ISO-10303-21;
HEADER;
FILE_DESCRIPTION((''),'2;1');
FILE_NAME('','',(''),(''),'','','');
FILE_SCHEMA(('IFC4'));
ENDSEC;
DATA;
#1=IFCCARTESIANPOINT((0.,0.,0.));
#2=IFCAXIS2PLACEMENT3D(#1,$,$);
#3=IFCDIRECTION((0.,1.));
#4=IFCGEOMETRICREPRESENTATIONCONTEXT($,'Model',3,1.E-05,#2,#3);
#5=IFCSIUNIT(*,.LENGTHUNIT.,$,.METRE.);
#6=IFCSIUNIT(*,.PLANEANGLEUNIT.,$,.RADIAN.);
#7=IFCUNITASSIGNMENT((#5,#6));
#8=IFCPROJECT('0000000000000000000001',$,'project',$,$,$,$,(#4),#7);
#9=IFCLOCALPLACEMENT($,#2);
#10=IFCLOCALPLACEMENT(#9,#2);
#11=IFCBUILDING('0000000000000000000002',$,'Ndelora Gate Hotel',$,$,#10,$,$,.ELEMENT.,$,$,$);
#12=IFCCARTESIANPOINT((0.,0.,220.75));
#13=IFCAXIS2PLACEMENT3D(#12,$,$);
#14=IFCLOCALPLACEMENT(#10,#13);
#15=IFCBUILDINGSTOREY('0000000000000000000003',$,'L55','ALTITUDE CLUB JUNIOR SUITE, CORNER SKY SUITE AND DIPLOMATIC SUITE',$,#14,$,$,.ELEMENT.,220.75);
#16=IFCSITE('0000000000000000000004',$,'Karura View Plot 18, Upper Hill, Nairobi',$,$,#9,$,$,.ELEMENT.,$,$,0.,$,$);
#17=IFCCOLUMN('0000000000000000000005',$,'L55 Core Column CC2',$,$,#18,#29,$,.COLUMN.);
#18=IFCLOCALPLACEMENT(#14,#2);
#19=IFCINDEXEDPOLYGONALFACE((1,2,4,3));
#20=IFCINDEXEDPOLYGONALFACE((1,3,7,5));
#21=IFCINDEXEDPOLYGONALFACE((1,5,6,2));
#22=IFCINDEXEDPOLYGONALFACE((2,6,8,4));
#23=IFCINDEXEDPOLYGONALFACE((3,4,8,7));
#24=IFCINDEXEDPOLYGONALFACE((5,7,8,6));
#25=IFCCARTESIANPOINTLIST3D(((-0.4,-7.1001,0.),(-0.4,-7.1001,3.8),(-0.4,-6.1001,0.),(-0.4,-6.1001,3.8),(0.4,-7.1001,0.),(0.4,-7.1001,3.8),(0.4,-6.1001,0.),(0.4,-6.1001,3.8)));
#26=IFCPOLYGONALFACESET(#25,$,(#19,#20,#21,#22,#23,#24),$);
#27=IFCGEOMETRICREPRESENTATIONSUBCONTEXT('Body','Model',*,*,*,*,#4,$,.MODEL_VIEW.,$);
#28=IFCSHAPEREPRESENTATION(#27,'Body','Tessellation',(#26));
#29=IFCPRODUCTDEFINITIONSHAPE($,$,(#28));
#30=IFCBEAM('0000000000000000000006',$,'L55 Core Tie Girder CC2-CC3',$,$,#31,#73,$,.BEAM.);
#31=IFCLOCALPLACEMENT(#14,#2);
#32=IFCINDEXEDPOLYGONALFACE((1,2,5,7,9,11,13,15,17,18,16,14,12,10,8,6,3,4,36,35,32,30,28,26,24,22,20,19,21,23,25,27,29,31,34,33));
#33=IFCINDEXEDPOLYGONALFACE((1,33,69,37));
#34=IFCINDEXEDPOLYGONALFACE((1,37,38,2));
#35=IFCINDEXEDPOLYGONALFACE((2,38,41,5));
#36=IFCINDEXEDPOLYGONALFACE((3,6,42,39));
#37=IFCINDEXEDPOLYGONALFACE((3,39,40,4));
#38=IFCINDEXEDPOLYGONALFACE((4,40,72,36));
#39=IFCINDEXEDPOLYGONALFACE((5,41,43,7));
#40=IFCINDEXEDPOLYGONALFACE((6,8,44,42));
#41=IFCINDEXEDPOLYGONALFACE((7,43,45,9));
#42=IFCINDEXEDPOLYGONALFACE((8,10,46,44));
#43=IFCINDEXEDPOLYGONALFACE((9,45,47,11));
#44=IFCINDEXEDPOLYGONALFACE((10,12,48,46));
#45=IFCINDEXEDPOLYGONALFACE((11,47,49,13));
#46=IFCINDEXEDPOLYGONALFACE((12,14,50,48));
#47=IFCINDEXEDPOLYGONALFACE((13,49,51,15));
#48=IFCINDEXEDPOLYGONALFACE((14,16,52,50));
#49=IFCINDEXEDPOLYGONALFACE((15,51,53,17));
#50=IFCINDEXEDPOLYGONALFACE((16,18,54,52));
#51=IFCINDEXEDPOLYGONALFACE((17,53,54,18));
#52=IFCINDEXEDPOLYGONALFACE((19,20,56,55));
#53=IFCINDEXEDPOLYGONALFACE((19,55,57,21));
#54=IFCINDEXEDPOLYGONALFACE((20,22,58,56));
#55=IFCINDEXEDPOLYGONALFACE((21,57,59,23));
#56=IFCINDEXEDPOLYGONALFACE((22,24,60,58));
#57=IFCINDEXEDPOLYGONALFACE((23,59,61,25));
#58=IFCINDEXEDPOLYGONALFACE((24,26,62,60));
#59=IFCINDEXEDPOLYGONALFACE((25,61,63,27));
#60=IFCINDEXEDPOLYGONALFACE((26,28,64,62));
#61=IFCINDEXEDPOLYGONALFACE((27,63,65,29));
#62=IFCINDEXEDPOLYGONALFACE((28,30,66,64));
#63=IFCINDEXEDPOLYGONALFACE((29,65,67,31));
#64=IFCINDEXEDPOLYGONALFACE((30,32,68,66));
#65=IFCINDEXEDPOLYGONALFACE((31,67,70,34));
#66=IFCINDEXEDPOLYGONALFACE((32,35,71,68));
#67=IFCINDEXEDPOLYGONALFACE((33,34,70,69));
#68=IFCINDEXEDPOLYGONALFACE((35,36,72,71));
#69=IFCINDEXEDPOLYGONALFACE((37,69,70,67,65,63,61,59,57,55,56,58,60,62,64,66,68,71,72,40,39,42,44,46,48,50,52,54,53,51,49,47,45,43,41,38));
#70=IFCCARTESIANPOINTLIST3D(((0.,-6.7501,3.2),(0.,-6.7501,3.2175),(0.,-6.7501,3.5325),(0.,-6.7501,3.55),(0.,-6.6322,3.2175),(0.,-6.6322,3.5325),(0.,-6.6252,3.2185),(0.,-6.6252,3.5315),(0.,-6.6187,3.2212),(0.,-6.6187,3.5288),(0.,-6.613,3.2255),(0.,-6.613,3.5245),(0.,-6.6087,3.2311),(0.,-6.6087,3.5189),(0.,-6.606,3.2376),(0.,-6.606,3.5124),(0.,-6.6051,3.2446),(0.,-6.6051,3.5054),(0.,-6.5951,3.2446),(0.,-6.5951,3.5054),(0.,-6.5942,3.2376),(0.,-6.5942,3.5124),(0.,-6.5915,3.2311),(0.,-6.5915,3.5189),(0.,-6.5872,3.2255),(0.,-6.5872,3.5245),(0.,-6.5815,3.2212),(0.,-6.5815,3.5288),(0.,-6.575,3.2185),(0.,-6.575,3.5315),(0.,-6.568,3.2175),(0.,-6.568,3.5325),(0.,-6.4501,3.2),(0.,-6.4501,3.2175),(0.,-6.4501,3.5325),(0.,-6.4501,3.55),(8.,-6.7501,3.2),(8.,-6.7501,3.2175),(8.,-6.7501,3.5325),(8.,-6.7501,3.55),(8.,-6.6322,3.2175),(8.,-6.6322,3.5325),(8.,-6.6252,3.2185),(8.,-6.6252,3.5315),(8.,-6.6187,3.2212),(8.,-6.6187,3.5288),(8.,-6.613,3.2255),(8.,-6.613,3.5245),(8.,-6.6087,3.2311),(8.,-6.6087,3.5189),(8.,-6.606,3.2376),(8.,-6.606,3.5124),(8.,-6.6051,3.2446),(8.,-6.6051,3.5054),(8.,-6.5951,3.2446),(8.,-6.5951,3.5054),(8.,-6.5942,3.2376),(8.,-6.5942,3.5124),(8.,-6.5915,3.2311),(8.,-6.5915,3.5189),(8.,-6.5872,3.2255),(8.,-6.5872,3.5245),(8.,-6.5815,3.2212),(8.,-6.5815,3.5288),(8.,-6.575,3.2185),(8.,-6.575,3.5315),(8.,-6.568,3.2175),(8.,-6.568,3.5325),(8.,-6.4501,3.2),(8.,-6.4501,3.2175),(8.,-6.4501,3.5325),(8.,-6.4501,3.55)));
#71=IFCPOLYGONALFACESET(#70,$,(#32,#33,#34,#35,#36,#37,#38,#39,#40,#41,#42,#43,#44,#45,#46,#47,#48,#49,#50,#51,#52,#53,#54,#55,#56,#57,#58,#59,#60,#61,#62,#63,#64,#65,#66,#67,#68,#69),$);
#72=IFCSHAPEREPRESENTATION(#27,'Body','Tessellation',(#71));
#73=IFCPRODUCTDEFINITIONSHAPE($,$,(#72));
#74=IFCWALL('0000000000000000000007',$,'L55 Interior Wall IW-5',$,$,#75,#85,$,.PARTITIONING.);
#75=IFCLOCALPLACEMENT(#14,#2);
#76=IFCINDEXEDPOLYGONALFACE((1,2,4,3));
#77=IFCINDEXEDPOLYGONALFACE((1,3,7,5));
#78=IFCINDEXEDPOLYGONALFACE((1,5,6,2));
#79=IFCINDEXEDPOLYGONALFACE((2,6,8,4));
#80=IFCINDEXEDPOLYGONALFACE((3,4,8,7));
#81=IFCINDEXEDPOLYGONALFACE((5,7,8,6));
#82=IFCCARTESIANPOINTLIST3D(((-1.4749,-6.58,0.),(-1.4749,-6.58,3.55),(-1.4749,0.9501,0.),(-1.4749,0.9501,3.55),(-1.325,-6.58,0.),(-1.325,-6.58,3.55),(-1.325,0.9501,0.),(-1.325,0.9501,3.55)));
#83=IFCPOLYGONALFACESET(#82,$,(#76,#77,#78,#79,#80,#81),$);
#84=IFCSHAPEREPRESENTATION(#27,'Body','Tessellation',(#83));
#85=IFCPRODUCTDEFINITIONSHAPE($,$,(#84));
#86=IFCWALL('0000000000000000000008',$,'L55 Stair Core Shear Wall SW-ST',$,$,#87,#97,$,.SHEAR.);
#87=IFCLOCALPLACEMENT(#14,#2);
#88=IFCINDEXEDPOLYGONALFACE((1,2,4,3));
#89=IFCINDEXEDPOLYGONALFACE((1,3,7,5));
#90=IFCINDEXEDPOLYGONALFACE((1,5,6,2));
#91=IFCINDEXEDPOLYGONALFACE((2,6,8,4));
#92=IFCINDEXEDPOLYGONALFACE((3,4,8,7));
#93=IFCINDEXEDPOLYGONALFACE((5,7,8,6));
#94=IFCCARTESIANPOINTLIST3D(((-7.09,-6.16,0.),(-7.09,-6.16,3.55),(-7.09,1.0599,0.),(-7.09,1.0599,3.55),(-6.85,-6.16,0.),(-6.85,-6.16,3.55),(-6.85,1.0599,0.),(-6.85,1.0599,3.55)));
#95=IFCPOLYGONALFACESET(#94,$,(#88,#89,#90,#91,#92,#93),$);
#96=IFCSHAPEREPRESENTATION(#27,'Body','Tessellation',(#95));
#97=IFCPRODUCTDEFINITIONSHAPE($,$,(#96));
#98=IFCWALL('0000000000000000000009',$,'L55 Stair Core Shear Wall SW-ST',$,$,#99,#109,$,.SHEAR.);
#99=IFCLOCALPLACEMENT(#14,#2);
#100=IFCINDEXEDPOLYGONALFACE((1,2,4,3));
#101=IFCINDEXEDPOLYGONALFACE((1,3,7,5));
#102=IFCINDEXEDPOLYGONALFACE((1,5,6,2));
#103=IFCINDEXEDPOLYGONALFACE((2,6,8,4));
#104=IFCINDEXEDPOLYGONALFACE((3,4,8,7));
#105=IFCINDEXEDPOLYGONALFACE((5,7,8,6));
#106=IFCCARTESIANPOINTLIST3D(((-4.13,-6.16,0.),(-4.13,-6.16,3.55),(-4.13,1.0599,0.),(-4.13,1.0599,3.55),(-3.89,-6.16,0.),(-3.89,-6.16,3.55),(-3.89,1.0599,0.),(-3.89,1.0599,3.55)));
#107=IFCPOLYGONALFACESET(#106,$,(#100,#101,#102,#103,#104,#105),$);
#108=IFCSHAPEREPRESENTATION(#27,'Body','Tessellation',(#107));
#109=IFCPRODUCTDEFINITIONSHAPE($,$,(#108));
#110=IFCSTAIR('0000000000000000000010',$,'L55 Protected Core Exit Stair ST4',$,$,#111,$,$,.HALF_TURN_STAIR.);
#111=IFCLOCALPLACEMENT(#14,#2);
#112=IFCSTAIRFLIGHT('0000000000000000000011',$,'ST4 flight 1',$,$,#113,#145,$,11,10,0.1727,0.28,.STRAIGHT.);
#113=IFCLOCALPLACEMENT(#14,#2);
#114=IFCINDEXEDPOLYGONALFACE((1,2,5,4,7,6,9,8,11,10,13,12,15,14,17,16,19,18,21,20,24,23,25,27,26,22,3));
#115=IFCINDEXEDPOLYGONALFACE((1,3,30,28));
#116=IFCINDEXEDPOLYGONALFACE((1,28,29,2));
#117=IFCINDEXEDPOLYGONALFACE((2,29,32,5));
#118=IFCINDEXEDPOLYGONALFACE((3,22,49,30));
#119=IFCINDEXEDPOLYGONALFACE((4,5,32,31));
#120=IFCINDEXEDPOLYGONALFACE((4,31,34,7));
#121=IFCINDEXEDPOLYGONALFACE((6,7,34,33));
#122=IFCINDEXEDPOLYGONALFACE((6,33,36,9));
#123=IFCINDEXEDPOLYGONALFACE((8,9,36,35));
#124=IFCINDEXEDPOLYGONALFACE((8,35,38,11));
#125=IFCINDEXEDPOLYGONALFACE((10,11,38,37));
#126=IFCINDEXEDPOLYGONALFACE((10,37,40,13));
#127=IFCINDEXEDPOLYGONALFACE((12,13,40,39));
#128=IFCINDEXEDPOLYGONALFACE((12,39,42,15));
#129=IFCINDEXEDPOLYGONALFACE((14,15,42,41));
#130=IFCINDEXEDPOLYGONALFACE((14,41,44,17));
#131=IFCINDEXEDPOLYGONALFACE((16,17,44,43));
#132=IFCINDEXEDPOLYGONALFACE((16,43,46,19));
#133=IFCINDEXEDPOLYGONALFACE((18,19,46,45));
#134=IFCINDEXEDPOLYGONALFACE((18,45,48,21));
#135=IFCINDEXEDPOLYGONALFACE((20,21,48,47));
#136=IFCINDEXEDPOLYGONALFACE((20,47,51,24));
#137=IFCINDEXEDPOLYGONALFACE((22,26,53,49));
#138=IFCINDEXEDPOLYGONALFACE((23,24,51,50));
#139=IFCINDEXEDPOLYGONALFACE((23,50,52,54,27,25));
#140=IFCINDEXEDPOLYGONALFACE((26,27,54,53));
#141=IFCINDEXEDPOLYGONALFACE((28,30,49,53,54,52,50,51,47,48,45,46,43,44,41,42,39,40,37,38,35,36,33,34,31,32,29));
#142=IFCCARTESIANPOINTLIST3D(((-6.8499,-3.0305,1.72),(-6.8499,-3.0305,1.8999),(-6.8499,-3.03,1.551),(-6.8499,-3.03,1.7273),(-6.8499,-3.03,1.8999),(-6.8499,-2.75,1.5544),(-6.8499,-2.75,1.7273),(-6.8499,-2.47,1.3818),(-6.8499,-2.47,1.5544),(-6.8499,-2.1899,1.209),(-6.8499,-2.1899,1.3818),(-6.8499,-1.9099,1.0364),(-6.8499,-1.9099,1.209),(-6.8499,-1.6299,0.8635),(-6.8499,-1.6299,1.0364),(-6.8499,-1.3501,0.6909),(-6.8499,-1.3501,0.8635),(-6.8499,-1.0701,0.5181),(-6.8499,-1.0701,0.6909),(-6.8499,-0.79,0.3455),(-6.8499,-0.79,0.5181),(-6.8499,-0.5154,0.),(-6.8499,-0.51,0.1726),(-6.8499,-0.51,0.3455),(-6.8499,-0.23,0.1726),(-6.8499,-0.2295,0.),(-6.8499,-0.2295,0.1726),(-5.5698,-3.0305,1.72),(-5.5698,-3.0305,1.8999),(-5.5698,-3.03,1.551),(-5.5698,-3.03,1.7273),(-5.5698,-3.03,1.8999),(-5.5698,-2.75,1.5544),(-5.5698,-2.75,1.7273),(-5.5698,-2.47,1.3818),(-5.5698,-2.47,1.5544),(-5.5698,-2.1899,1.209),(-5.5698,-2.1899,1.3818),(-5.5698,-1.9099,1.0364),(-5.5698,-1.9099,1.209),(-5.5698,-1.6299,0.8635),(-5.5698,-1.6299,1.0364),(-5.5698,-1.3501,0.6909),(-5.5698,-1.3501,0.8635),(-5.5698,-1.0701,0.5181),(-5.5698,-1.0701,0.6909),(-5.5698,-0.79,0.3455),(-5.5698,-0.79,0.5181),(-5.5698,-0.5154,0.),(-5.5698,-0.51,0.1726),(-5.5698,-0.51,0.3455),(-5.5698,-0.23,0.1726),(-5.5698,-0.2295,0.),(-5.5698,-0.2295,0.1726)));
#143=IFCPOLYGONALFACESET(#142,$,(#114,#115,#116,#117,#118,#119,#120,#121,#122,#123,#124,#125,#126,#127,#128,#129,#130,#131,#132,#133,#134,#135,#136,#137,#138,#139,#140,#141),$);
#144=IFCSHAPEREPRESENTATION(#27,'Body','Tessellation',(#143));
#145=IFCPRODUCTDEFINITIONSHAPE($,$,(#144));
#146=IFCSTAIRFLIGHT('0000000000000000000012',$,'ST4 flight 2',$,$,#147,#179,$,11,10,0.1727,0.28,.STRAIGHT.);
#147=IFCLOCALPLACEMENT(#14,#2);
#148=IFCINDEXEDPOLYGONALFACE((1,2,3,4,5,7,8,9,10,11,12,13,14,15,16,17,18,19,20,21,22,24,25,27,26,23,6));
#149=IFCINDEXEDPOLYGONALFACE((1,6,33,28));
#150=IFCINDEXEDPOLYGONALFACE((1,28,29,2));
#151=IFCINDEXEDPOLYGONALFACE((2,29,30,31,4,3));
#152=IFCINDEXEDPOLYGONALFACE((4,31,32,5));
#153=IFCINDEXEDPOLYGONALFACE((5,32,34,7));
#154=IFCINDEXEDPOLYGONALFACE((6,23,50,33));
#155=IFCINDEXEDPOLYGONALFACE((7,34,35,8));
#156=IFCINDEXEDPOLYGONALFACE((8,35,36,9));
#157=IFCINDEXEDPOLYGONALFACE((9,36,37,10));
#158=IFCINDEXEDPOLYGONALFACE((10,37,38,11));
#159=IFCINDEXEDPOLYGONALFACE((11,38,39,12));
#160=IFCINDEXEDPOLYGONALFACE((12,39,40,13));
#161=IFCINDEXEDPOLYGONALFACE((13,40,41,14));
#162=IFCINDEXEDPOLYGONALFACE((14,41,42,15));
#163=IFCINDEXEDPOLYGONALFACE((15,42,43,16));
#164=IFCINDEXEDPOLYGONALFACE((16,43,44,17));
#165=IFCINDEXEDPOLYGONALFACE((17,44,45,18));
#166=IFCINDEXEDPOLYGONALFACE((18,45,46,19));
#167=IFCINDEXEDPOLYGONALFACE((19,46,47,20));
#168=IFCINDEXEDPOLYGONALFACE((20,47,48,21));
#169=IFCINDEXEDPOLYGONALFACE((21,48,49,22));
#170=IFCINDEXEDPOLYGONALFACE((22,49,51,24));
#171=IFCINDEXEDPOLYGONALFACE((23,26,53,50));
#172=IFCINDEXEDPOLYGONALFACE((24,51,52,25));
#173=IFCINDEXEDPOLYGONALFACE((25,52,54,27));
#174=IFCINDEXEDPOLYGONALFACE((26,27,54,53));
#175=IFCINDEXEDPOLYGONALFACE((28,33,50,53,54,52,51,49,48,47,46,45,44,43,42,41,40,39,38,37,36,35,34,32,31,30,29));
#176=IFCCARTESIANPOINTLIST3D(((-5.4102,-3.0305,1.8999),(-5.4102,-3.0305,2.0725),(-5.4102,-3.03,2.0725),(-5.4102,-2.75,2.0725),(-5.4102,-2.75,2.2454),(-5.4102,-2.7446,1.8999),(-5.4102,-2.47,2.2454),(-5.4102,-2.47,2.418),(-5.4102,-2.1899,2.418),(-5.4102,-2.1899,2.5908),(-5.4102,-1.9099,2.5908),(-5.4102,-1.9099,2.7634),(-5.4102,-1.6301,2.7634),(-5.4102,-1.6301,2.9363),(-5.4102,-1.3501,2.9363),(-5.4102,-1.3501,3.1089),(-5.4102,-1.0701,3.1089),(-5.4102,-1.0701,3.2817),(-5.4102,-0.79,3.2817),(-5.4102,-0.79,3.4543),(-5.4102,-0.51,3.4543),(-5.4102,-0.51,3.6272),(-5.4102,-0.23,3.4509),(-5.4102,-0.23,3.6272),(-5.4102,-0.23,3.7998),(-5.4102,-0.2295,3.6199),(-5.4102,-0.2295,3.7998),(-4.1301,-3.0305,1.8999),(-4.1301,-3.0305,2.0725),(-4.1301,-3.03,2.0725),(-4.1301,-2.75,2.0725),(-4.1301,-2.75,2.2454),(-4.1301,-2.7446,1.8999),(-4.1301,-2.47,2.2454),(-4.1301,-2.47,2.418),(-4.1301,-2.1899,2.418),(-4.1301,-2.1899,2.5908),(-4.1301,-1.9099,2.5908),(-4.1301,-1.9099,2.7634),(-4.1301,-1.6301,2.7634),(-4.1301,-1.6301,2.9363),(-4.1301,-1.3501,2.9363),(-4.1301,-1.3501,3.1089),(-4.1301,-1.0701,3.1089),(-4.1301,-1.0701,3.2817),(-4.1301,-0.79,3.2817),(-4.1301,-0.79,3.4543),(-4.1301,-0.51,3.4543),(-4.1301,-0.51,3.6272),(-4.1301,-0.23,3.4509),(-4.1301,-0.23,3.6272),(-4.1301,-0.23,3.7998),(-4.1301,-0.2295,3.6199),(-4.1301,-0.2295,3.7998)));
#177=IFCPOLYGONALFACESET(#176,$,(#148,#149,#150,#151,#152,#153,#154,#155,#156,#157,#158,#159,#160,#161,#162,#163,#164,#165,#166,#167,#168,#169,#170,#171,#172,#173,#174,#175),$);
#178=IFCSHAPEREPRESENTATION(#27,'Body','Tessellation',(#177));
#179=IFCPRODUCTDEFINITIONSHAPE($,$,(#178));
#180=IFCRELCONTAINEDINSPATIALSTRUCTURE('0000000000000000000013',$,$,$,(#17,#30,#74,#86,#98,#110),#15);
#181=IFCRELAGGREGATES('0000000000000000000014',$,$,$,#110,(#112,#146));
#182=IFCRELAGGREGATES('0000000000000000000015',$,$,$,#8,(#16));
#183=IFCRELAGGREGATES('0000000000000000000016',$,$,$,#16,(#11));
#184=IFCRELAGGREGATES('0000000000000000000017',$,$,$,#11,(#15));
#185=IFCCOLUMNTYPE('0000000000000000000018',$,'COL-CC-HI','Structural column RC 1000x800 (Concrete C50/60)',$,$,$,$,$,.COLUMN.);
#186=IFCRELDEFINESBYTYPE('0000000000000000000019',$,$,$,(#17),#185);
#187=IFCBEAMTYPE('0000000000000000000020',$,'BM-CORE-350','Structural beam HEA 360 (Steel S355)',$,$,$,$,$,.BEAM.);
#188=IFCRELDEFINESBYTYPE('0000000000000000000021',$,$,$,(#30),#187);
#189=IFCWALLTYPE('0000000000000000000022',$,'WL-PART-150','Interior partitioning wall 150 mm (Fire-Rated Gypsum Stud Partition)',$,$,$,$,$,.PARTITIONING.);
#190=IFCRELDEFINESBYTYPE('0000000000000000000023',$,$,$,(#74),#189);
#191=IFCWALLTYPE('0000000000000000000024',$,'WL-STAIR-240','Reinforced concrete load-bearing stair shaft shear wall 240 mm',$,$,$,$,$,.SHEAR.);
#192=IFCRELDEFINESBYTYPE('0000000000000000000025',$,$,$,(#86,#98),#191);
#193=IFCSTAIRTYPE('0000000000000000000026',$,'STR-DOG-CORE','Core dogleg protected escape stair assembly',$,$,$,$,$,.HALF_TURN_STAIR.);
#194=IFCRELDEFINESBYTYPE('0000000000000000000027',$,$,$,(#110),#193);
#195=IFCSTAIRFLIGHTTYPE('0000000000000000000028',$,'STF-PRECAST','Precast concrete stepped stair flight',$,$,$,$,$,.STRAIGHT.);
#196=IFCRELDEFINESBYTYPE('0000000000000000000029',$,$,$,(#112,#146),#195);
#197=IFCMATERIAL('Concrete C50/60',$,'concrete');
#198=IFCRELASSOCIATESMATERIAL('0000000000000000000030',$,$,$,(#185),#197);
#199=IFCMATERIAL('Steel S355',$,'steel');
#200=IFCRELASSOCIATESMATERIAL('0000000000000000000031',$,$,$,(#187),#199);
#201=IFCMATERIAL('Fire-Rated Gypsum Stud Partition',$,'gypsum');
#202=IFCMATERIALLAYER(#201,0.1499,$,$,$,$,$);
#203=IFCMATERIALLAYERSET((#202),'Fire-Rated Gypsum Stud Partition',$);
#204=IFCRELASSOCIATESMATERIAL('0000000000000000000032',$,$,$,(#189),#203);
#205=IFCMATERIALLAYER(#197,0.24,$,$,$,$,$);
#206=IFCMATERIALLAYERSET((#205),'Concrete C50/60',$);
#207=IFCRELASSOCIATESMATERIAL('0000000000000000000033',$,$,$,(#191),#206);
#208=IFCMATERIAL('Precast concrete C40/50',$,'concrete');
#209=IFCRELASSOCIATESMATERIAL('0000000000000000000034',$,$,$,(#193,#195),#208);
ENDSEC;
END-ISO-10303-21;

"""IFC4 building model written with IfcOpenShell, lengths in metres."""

from ifc_helpers import new_model, si_unit, direction, frame, frame_2d, origin, origin_2d, place, context, subcontext, project, spatial, polyline, rectangle, i_section, outline, extrude, material, layer, layer_set, material_profile, profile_set, type_object, element, aggregate, save


model = new_model("IFC4")

# Units and contexts
model_context = context("Model", 3, precision=1e-05, world=origin(), true_north=direction((0.0, 1.0)))
body_context = subcontext(model_context, "Body", "Model", "MODEL_VIEW")
ifc_project = project(units=[si_unit("LENGTHUNIT", "METRE"), si_unit("PLANEANGLEUNIT", "RADIAN")], contexts=[model_context])

# Site, building, storey
site_placement = place(None, origin())
site = spatial("IfcSite", under=ifc_project, at=site_placement, Name="Karura View Plot 18, Upper Hill, Nairobi", CompositionType="ELEMENT", RefElevation=0.0)
building_placement = place(site_placement, origin())
building = spatial("IfcBuilding", under=site, at=building_placement, Name="Ndelora Gate Hotel", CompositionType="ELEMENT")
storey_placement = place(building_placement, frame((0.0, 0.0, 220.75)))
storey = spatial("IfcBuildingStorey", under=building, at=storey_placement, Name="L55", Description="ALTITUDE CLUB JUNIOR SUITE, CORNER SKY SUITE AND DIPLOMATIC SUITE", CompositionType="ELEMENT", Elevation=220.75)

# Column
ifc_material_1 = material(Name="Concrete C50/60", Category="concrete")
ifc_material_profile_1 = material_profile(ifc_material_1, rectangle(XDim=0.8, YDim=1.0, at=origin_2d()), Name="RC 1000x800")
ifc_profile_set_1 = profile_set([ifc_material_profile_1], Name="Concrete C50/60")
column_type = type_object("IfcColumnType", Name="COL-CC-HI", Description="Structural column RC 1000x800 (Concrete C50/60)", PredefinedType="COLUMN", material=ifc_profile_set_1)
column_placement = place(storey_placement, frame((0.0, -6.6001, 0.0), z_axis=(0.0, 0.0, 1.0), x_axis=(1.0, 0.0, 0.0)))
element("IfcColumn", 1, at=column_placement, inside=storey, type_object=column_type, Name="L55 Core Column CC2", PredefinedType="COLUMN", context=body_context, shape_type="SweptSolid", body=[
    extrude(rectangle(XDim=0.8, YDim=1.0, at=origin_2d()), origin(), (0.0, 0.0, 1.0), 3.8),
])

# Beam
ifc_material_2 = material(Name="Steel S355", Category="steel")
ifc_material_profile_2 = material_profile(ifc_material_2, i_section(OverallWidth=0.3, OverallDepth=0.3501, WebThickness=0.01, FlangeThickness=0.0176, FilletRadius=0.0271, at=origin_2d()), Name="HEA 360")
ifc_profile_set_2 = profile_set([ifc_material_profile_2], Name="Steel S355")
beam_type = type_object("IfcBeamType", Name="BM-CORE-350", Description="Structural beam HEA 360 (Steel S355)", PredefinedType="BEAM", material=ifc_profile_set_2)
beam_placement = place(storey_placement, frame((0.0, -6.6001, 3.375), z_axis=(1.0, 0.0, 0.0), x_axis=(0.0, 1.0, 0.0)))
element("IfcBeam", 2, at=beam_placement, inside=storey, type_object=beam_type, Name="L55 Core Tie Girder CC2-CC3", PredefinedType="BEAM", context=body_context, shape_type="SweptSolid", body=[
    extrude(i_section(OverallWidth=0.3, OverallDepth=0.3501, WebThickness=0.01, FlangeThickness=0.0176, FilletRadius=0.0271, at=origin_2d()), origin(), (0.0, 0.0, 1.0), 8.0),
])

# Walls
ifc_material_3 = material(Name="Fire-Rated Gypsum Stud Partition", Category="gypsum")
ifc_layer_1 = layer(ifc_material_3, 0.1499)
ifc_layer_set_1 = layer_set([ifc_layer_1], Name="Fire-Rated Gypsum Stud Partition")
wall_type_1 = type_object("IfcWallType", Name="WL-PART-150", Description="Interior partitioning wall 150 mm (Fire-Rated Gypsum Stud Partition)", PredefinedType="PARTITIONING", material=ifc_layer_set_1)
wall_placement = place(storey_placement, frame((-1.3999, -6.5801, 0.0), z_axis=(0.0, 0.0, 1.0), x_axis=(0.0, 1.0, 0.0)))
element("IfcWall", 3, at=wall_placement, inside=storey, type_object=wall_type_1, Name="L55 Interior Wall IW-5", PredefinedType="PARTITIONING", context=body_context, shape_type="SweptSolid", body=[
    extrude(rectangle(XDim=7.53, YDim=0.1499, at=frame_2d((3.7651, 0.0))), origin(), (0.0, 0.0, 1.0), 3.55),
])
ifc_layer_2 = layer(ifc_material_1, 0.24)
ifc_layer_set_2 = layer_set([ifc_layer_2], Name="Concrete C50/60")
wall_type_2 = type_object("IfcWallType", Name="WL-STAIR-240", Description="Reinforced concrete load-bearing stair shaft shear wall 240 mm", PredefinedType="SHEAR", material=ifc_layer_set_2)
for number, where, z_axis, x_axis, name in (
    (4, (-6.97, -6.1599, 0.0), (0.0, 0.0, 1.0), (0.0, 1.0, 0.0), "L55 Stair Core Shear Wall SW-ST"),
    (5, (-4.01, -6.1599, 0.0), (0.0, 0.0, 1.0), (0.0, 1.0, 0.0), "L55 Stair Core Shear Wall SW-ST"),
):
    element("IfcWall", number, at=place(storey_placement, frame(where, z_axis=z_axis, x_axis=x_axis)), inside=storey, type_object=wall_type_2, Name=name, PredefinedType="SHEAR", context=body_context, shape_type="SweptSolid", body=[
        extrude(rectangle(XDim=7.22, YDim=0.24, at=frame_2d((3.6099, 0.0))), origin(), (0.0, 0.0, 1.0), 3.55),
    ])

# Stair, stair flights
ifc_material_4 = material(Name="Precast concrete C40/50", Category="concrete")
stair_type = type_object("IfcStairType", Name="STR-DOG-CORE", Description="Core dogleg protected escape stair assembly", PredefinedType="HALF_TURN_STAIR", material=ifc_material_4)
stair_placement = place(storey_placement, origin())
stair = element("IfcStair", 6, at=stair_placement, inside=storey, type_object=stair_type, Name="L55 Protected Core Exit Stair ST4", PredefinedType="HALF_TURN_STAIR")
stair_flight_type = type_object("IfcStairFlightType", Name="STF-PRECAST", Description="Precast concrete stepped stair flight", PredefinedType="STRAIGHT", material=ifc_material_4)
stair_flight_1_placement = place(storey_placement, frame((-6.21, -0.23, 0.0), z_axis=(0.0, 0.0, 1.0), x_axis=(0.0, -1.0, 0.0)))
stair_flight_1 = element("IfcStairFlight", 7, at=stair_flight_1_placement, type_object=stair_flight_type, Name="ST4 flight 1", NumberOfRisers=11, NumberOfTreads=10, PredefinedType="STRAIGHT", RiserHeight=0.1727, TreadLength=0.28, context=body_context, shape_type="SweptSolid", body=[
    extrude(outline(polyline([(-0.0005, 0.0), (-0.0005, 0.1726), (0.0, 0.1726), (0.28, 0.1726), (0.28, 0.3455), (0.5601, 0.3455), (0.5601, 0.5181), (0.8401, 0.5181), (0.8401, 0.6909), (1.1201, 0.6909), (1.1201, 0.8635), (1.3999, 0.8635), (1.3999, 1.0364), (1.6799, 1.0364), (1.6799, 1.209), (1.96, 1.209), (1.96, 1.3818), (2.24, 1.3818), (2.24, 1.5544), (2.52, 1.5544), (2.52, 1.7273), (2.8, 1.7273), (2.8, 1.8999), (2.8005, 1.8999), (2.8005, 1.72), (2.8, 1.551), (0.2854, 0.0), (-0.0005, 0.0)])), frame((0.0, 0.6401, 0.0), z_axis=(0.0, -1.0, 0.0), x_axis=(1.0, 0.0, 0.0)), (0.0, 0.0, 1.0), 1.28),
])
stair_flight_2_placement = place(storey_placement, frame((-4.77, -3.03, 1.8999), z_axis=(0.0, 0.0, 1.0), x_axis=(0.0, 1.0, 0.0)))
stair_flight_2 = element("IfcStairFlight", 8, at=stair_flight_2_placement, type_object=stair_flight_type, Name="ST4 flight 2", NumberOfRisers=11, NumberOfTreads=10, PredefinedType="STRAIGHT", RiserHeight=0.1727, TreadLength=0.28, context=body_context, shape_type="SweptSolid", body=[
    extrude(outline(polyline([(-0.0005, 0.0), (-0.0005, 0.1726), (0.0, 0.1726), (0.28, 0.1726), (0.28, 0.3455), (0.5601, 0.3455), (0.5601, 0.5181), (0.8401, 0.5181), (0.8401, 0.6909), (1.1201, 0.6909), (1.1201, 0.8635), (1.3999, 0.8635), (1.3999, 1.0364), (1.6799, 1.0364), (1.6799, 1.209), (1.96, 1.209), (1.96, 1.3818), (2.24, 1.3818), (2.24, 1.5544), (2.52, 1.5544), (2.52, 1.7273), (2.8, 1.7273), (2.8, 1.8999), (2.8005, 1.8999), (2.8005, 1.72), (2.8, 1.551), (0.2854, 0.0), (-0.0005, 0.0)])), frame((0.0, 0.6401, 0.0), z_axis=(0.0, -1.0, 0.0), x_axis=(1.0, 0.0, 0.0)), (0.0, 0.0, 1.0), 1.28),
])
aggregate(stair, [stair_flight_1, stair_flight_2])

save(model, "model.ifc")
